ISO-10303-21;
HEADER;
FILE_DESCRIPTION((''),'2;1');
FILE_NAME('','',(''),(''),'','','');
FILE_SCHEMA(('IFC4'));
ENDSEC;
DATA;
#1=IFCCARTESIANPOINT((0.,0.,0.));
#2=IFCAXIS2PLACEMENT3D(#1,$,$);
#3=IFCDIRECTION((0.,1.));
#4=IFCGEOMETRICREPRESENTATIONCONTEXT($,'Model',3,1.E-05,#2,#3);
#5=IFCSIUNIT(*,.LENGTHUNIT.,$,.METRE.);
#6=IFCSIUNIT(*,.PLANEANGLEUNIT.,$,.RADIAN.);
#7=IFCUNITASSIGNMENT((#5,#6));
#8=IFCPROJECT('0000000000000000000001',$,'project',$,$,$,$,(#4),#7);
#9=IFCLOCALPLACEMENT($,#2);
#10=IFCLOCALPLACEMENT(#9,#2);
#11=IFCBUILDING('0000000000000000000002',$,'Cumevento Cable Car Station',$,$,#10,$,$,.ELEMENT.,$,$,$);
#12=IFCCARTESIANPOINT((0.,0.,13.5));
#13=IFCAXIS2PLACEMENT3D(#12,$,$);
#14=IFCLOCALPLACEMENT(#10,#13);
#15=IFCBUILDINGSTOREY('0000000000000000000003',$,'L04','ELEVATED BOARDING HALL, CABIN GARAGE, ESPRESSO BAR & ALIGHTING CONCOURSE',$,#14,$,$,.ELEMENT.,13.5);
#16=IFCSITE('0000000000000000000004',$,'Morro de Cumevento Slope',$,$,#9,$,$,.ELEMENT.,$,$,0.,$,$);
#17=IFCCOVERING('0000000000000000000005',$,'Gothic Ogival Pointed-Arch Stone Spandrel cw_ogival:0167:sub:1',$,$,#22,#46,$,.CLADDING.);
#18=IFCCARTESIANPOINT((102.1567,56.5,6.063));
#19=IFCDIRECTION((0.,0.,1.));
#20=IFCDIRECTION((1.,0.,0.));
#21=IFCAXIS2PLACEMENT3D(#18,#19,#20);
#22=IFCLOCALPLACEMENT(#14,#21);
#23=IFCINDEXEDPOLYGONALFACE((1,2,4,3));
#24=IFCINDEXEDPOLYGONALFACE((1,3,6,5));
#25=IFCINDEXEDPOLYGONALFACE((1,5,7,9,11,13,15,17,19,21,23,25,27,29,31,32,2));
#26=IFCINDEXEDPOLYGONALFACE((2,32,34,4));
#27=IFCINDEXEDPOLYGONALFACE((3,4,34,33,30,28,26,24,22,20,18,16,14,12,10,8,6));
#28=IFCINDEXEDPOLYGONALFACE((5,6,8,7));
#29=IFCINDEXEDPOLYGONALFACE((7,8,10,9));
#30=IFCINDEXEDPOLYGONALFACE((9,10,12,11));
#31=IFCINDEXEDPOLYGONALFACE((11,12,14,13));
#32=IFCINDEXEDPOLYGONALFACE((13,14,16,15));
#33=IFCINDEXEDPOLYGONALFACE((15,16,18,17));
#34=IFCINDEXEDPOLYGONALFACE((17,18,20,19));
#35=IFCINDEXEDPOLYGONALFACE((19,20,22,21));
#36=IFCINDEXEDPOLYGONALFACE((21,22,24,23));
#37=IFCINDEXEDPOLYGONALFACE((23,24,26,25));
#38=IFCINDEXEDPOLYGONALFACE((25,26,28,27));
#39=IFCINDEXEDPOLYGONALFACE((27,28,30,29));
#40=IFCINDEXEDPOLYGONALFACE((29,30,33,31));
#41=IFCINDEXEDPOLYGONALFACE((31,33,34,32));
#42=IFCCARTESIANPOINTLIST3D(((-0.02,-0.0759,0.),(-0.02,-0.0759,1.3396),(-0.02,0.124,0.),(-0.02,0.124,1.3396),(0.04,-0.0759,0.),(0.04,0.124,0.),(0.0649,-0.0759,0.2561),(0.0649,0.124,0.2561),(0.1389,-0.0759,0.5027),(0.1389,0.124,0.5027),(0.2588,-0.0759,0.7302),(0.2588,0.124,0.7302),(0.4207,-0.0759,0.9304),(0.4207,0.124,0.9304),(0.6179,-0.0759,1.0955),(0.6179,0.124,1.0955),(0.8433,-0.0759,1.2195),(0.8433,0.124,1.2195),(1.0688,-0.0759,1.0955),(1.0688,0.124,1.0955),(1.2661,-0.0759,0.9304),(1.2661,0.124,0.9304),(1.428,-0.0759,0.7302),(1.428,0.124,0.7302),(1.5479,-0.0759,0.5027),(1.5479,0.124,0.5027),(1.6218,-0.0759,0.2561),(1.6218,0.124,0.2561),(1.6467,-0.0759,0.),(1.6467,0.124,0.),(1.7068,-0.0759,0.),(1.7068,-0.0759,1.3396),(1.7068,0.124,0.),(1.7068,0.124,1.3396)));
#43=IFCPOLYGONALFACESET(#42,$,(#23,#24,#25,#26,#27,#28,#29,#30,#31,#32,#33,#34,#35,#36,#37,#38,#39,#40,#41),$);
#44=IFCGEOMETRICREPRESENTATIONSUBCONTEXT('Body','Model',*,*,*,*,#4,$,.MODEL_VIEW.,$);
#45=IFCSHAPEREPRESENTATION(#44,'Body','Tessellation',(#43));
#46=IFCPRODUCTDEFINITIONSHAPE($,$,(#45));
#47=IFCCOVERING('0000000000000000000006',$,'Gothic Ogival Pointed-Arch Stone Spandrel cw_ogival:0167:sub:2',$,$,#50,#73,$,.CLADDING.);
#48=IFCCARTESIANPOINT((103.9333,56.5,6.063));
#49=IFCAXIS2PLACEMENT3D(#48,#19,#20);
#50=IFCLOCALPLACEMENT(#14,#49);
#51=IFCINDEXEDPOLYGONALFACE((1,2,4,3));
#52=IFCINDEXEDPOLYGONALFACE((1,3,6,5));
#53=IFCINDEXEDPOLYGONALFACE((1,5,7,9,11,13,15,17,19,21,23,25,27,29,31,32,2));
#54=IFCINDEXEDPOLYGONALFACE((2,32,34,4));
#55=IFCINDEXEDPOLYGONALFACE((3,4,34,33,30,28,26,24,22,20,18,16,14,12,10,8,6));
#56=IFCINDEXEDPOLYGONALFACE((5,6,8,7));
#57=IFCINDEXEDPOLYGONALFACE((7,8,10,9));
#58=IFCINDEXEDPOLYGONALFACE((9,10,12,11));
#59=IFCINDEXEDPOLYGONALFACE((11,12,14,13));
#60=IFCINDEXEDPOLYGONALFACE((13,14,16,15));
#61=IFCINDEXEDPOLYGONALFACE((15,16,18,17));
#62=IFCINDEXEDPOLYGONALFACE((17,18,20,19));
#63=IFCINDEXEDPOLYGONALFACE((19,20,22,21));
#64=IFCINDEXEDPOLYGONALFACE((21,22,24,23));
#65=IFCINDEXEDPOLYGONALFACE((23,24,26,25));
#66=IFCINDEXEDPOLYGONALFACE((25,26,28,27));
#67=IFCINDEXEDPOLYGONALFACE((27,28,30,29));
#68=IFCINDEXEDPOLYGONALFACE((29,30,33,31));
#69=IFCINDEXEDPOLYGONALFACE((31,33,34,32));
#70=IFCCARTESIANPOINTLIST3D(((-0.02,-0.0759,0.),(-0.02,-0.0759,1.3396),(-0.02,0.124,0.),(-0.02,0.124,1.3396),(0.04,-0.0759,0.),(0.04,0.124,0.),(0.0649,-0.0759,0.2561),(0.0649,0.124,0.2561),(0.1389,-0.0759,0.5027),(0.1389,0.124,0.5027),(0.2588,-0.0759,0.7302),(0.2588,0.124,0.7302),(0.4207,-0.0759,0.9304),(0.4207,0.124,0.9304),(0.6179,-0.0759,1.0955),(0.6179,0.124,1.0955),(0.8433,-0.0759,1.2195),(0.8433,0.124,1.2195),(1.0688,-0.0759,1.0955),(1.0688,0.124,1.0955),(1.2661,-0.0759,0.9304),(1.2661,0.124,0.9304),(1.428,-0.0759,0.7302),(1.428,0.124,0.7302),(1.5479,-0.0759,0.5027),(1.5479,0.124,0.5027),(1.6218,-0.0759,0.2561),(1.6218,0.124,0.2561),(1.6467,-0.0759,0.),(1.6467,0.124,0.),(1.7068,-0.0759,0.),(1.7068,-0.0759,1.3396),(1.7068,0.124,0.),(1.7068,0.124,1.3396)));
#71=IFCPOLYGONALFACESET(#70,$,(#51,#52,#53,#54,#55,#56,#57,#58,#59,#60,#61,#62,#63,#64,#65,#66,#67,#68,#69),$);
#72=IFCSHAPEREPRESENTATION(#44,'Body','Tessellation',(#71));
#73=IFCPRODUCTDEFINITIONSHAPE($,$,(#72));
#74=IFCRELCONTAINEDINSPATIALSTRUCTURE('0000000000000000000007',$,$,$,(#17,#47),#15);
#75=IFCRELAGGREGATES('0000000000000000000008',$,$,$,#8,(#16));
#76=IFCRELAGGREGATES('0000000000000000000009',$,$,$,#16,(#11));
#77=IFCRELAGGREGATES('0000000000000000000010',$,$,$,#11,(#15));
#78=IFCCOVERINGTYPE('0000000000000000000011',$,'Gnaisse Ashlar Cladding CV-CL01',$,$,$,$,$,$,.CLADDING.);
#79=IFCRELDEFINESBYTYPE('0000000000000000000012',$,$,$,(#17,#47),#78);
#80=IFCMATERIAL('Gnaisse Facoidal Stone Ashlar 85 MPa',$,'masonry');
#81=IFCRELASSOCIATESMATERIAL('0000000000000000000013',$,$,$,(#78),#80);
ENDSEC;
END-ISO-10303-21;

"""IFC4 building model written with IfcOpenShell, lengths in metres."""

from ifc_helpers import new_model, si_unit, direction, frame, origin, place, context, subcontext, project, spatial, polyline, outline, extrude, material, type_object, element, save


model = new_model("IFC4")

# Units and contexts
model_context = context("Model", 3, precision=1e-05, world=origin(), true_north=direction((0.0, 1.0)))
body_context = subcontext(model_context, "Body", "Model", "MODEL_VIEW")
ifc_project = project(units=[si_unit("LENGTHUNIT", "METRE"), si_unit("PLANEANGLEUNIT", "RADIAN")], contexts=[model_context])

# Site, building, storey
site_placement = place(None, origin())
site = spatial("IfcSite", under=ifc_project, at=site_placement, Name="Morro de Cumevento Slope", CompositionType="ELEMENT", RefElevation=0.0)
building_placement = place(site_placement, origin())
building = spatial("IfcBuilding", under=site, at=building_placement, Name="Cumevento Cable Car Station", CompositionType="ELEMENT")
storey_placement = place(building_placement, frame((0.0, 0.0, 13.5)))
storey = spatial("IfcBuildingStorey", under=building, at=storey_placement, Name="L04", Description="ELEVATED BOARDING HALL, CABIN GARAGE, ESPRESSO BAR & ALIGHTING CONCOURSE", CompositionType="ELEMENT", Elevation=13.5)

# Coverings
ifc_material_1 = material(Name="Gnaisse Facoidal Stone Ashlar 85 MPa", Category="masonry")
covering_type = type_object("IfcCoveringType", Name="Gnaisse Ashlar Cladding CV-CL01", PredefinedType="CLADDING", material=ifc_material_1)
for number, where, z_axis, x_axis, name in (
    (1, (102.1567, 56.5, 6.063), (0.0, 0.0, 1.0), (1.0, 0.0, 0.0), "Gothic Ogival Pointed-Arch Stone Spandrel cw_ogival:0167:sub:1"),
    (2, (103.9333, 56.5, 6.063), (0.0, 0.0, 1.0), (1.0, 0.0, 0.0), "Gothic Ogival Pointed-Arch Stone Spandrel cw_ogival:0167:sub:2"),
):
    element("IfcCovering", number, at=place(storey_placement, frame(where, z_axis=z_axis, x_axis=x_axis)), inside=storey, type_object=covering_type, Name=name, PredefinedType="CLADDING", context=body_context, shape_type="SweptSolid", body=[
        extrude(outline(polyline([(-0.02, 0.0), (-0.02, 1.3396), (1.7068, 1.3396), (1.7068, 0.0), (1.6467, 0.0), (1.6218, 0.2561), (1.5479, 0.5027), (1.428, 0.7302), (1.2661, 0.9304), (1.0688, 1.0955), (0.8433, 1.2195), (0.6179, 1.0955), (0.4207, 0.9304), (0.2588, 0.7302), (0.1389, 0.5027), (0.0649, 0.2561), (0.04, 0.0), (-0.02, 0.0)])), frame((0.0, 0.124, 0.0), z_axis=(0.0, -1.0, 0.0), x_axis=(1.0, 0.0, 0.0)), (0.0, 0.0, 1.0), 0.2),
    ])

save(model, "model.ifc")
